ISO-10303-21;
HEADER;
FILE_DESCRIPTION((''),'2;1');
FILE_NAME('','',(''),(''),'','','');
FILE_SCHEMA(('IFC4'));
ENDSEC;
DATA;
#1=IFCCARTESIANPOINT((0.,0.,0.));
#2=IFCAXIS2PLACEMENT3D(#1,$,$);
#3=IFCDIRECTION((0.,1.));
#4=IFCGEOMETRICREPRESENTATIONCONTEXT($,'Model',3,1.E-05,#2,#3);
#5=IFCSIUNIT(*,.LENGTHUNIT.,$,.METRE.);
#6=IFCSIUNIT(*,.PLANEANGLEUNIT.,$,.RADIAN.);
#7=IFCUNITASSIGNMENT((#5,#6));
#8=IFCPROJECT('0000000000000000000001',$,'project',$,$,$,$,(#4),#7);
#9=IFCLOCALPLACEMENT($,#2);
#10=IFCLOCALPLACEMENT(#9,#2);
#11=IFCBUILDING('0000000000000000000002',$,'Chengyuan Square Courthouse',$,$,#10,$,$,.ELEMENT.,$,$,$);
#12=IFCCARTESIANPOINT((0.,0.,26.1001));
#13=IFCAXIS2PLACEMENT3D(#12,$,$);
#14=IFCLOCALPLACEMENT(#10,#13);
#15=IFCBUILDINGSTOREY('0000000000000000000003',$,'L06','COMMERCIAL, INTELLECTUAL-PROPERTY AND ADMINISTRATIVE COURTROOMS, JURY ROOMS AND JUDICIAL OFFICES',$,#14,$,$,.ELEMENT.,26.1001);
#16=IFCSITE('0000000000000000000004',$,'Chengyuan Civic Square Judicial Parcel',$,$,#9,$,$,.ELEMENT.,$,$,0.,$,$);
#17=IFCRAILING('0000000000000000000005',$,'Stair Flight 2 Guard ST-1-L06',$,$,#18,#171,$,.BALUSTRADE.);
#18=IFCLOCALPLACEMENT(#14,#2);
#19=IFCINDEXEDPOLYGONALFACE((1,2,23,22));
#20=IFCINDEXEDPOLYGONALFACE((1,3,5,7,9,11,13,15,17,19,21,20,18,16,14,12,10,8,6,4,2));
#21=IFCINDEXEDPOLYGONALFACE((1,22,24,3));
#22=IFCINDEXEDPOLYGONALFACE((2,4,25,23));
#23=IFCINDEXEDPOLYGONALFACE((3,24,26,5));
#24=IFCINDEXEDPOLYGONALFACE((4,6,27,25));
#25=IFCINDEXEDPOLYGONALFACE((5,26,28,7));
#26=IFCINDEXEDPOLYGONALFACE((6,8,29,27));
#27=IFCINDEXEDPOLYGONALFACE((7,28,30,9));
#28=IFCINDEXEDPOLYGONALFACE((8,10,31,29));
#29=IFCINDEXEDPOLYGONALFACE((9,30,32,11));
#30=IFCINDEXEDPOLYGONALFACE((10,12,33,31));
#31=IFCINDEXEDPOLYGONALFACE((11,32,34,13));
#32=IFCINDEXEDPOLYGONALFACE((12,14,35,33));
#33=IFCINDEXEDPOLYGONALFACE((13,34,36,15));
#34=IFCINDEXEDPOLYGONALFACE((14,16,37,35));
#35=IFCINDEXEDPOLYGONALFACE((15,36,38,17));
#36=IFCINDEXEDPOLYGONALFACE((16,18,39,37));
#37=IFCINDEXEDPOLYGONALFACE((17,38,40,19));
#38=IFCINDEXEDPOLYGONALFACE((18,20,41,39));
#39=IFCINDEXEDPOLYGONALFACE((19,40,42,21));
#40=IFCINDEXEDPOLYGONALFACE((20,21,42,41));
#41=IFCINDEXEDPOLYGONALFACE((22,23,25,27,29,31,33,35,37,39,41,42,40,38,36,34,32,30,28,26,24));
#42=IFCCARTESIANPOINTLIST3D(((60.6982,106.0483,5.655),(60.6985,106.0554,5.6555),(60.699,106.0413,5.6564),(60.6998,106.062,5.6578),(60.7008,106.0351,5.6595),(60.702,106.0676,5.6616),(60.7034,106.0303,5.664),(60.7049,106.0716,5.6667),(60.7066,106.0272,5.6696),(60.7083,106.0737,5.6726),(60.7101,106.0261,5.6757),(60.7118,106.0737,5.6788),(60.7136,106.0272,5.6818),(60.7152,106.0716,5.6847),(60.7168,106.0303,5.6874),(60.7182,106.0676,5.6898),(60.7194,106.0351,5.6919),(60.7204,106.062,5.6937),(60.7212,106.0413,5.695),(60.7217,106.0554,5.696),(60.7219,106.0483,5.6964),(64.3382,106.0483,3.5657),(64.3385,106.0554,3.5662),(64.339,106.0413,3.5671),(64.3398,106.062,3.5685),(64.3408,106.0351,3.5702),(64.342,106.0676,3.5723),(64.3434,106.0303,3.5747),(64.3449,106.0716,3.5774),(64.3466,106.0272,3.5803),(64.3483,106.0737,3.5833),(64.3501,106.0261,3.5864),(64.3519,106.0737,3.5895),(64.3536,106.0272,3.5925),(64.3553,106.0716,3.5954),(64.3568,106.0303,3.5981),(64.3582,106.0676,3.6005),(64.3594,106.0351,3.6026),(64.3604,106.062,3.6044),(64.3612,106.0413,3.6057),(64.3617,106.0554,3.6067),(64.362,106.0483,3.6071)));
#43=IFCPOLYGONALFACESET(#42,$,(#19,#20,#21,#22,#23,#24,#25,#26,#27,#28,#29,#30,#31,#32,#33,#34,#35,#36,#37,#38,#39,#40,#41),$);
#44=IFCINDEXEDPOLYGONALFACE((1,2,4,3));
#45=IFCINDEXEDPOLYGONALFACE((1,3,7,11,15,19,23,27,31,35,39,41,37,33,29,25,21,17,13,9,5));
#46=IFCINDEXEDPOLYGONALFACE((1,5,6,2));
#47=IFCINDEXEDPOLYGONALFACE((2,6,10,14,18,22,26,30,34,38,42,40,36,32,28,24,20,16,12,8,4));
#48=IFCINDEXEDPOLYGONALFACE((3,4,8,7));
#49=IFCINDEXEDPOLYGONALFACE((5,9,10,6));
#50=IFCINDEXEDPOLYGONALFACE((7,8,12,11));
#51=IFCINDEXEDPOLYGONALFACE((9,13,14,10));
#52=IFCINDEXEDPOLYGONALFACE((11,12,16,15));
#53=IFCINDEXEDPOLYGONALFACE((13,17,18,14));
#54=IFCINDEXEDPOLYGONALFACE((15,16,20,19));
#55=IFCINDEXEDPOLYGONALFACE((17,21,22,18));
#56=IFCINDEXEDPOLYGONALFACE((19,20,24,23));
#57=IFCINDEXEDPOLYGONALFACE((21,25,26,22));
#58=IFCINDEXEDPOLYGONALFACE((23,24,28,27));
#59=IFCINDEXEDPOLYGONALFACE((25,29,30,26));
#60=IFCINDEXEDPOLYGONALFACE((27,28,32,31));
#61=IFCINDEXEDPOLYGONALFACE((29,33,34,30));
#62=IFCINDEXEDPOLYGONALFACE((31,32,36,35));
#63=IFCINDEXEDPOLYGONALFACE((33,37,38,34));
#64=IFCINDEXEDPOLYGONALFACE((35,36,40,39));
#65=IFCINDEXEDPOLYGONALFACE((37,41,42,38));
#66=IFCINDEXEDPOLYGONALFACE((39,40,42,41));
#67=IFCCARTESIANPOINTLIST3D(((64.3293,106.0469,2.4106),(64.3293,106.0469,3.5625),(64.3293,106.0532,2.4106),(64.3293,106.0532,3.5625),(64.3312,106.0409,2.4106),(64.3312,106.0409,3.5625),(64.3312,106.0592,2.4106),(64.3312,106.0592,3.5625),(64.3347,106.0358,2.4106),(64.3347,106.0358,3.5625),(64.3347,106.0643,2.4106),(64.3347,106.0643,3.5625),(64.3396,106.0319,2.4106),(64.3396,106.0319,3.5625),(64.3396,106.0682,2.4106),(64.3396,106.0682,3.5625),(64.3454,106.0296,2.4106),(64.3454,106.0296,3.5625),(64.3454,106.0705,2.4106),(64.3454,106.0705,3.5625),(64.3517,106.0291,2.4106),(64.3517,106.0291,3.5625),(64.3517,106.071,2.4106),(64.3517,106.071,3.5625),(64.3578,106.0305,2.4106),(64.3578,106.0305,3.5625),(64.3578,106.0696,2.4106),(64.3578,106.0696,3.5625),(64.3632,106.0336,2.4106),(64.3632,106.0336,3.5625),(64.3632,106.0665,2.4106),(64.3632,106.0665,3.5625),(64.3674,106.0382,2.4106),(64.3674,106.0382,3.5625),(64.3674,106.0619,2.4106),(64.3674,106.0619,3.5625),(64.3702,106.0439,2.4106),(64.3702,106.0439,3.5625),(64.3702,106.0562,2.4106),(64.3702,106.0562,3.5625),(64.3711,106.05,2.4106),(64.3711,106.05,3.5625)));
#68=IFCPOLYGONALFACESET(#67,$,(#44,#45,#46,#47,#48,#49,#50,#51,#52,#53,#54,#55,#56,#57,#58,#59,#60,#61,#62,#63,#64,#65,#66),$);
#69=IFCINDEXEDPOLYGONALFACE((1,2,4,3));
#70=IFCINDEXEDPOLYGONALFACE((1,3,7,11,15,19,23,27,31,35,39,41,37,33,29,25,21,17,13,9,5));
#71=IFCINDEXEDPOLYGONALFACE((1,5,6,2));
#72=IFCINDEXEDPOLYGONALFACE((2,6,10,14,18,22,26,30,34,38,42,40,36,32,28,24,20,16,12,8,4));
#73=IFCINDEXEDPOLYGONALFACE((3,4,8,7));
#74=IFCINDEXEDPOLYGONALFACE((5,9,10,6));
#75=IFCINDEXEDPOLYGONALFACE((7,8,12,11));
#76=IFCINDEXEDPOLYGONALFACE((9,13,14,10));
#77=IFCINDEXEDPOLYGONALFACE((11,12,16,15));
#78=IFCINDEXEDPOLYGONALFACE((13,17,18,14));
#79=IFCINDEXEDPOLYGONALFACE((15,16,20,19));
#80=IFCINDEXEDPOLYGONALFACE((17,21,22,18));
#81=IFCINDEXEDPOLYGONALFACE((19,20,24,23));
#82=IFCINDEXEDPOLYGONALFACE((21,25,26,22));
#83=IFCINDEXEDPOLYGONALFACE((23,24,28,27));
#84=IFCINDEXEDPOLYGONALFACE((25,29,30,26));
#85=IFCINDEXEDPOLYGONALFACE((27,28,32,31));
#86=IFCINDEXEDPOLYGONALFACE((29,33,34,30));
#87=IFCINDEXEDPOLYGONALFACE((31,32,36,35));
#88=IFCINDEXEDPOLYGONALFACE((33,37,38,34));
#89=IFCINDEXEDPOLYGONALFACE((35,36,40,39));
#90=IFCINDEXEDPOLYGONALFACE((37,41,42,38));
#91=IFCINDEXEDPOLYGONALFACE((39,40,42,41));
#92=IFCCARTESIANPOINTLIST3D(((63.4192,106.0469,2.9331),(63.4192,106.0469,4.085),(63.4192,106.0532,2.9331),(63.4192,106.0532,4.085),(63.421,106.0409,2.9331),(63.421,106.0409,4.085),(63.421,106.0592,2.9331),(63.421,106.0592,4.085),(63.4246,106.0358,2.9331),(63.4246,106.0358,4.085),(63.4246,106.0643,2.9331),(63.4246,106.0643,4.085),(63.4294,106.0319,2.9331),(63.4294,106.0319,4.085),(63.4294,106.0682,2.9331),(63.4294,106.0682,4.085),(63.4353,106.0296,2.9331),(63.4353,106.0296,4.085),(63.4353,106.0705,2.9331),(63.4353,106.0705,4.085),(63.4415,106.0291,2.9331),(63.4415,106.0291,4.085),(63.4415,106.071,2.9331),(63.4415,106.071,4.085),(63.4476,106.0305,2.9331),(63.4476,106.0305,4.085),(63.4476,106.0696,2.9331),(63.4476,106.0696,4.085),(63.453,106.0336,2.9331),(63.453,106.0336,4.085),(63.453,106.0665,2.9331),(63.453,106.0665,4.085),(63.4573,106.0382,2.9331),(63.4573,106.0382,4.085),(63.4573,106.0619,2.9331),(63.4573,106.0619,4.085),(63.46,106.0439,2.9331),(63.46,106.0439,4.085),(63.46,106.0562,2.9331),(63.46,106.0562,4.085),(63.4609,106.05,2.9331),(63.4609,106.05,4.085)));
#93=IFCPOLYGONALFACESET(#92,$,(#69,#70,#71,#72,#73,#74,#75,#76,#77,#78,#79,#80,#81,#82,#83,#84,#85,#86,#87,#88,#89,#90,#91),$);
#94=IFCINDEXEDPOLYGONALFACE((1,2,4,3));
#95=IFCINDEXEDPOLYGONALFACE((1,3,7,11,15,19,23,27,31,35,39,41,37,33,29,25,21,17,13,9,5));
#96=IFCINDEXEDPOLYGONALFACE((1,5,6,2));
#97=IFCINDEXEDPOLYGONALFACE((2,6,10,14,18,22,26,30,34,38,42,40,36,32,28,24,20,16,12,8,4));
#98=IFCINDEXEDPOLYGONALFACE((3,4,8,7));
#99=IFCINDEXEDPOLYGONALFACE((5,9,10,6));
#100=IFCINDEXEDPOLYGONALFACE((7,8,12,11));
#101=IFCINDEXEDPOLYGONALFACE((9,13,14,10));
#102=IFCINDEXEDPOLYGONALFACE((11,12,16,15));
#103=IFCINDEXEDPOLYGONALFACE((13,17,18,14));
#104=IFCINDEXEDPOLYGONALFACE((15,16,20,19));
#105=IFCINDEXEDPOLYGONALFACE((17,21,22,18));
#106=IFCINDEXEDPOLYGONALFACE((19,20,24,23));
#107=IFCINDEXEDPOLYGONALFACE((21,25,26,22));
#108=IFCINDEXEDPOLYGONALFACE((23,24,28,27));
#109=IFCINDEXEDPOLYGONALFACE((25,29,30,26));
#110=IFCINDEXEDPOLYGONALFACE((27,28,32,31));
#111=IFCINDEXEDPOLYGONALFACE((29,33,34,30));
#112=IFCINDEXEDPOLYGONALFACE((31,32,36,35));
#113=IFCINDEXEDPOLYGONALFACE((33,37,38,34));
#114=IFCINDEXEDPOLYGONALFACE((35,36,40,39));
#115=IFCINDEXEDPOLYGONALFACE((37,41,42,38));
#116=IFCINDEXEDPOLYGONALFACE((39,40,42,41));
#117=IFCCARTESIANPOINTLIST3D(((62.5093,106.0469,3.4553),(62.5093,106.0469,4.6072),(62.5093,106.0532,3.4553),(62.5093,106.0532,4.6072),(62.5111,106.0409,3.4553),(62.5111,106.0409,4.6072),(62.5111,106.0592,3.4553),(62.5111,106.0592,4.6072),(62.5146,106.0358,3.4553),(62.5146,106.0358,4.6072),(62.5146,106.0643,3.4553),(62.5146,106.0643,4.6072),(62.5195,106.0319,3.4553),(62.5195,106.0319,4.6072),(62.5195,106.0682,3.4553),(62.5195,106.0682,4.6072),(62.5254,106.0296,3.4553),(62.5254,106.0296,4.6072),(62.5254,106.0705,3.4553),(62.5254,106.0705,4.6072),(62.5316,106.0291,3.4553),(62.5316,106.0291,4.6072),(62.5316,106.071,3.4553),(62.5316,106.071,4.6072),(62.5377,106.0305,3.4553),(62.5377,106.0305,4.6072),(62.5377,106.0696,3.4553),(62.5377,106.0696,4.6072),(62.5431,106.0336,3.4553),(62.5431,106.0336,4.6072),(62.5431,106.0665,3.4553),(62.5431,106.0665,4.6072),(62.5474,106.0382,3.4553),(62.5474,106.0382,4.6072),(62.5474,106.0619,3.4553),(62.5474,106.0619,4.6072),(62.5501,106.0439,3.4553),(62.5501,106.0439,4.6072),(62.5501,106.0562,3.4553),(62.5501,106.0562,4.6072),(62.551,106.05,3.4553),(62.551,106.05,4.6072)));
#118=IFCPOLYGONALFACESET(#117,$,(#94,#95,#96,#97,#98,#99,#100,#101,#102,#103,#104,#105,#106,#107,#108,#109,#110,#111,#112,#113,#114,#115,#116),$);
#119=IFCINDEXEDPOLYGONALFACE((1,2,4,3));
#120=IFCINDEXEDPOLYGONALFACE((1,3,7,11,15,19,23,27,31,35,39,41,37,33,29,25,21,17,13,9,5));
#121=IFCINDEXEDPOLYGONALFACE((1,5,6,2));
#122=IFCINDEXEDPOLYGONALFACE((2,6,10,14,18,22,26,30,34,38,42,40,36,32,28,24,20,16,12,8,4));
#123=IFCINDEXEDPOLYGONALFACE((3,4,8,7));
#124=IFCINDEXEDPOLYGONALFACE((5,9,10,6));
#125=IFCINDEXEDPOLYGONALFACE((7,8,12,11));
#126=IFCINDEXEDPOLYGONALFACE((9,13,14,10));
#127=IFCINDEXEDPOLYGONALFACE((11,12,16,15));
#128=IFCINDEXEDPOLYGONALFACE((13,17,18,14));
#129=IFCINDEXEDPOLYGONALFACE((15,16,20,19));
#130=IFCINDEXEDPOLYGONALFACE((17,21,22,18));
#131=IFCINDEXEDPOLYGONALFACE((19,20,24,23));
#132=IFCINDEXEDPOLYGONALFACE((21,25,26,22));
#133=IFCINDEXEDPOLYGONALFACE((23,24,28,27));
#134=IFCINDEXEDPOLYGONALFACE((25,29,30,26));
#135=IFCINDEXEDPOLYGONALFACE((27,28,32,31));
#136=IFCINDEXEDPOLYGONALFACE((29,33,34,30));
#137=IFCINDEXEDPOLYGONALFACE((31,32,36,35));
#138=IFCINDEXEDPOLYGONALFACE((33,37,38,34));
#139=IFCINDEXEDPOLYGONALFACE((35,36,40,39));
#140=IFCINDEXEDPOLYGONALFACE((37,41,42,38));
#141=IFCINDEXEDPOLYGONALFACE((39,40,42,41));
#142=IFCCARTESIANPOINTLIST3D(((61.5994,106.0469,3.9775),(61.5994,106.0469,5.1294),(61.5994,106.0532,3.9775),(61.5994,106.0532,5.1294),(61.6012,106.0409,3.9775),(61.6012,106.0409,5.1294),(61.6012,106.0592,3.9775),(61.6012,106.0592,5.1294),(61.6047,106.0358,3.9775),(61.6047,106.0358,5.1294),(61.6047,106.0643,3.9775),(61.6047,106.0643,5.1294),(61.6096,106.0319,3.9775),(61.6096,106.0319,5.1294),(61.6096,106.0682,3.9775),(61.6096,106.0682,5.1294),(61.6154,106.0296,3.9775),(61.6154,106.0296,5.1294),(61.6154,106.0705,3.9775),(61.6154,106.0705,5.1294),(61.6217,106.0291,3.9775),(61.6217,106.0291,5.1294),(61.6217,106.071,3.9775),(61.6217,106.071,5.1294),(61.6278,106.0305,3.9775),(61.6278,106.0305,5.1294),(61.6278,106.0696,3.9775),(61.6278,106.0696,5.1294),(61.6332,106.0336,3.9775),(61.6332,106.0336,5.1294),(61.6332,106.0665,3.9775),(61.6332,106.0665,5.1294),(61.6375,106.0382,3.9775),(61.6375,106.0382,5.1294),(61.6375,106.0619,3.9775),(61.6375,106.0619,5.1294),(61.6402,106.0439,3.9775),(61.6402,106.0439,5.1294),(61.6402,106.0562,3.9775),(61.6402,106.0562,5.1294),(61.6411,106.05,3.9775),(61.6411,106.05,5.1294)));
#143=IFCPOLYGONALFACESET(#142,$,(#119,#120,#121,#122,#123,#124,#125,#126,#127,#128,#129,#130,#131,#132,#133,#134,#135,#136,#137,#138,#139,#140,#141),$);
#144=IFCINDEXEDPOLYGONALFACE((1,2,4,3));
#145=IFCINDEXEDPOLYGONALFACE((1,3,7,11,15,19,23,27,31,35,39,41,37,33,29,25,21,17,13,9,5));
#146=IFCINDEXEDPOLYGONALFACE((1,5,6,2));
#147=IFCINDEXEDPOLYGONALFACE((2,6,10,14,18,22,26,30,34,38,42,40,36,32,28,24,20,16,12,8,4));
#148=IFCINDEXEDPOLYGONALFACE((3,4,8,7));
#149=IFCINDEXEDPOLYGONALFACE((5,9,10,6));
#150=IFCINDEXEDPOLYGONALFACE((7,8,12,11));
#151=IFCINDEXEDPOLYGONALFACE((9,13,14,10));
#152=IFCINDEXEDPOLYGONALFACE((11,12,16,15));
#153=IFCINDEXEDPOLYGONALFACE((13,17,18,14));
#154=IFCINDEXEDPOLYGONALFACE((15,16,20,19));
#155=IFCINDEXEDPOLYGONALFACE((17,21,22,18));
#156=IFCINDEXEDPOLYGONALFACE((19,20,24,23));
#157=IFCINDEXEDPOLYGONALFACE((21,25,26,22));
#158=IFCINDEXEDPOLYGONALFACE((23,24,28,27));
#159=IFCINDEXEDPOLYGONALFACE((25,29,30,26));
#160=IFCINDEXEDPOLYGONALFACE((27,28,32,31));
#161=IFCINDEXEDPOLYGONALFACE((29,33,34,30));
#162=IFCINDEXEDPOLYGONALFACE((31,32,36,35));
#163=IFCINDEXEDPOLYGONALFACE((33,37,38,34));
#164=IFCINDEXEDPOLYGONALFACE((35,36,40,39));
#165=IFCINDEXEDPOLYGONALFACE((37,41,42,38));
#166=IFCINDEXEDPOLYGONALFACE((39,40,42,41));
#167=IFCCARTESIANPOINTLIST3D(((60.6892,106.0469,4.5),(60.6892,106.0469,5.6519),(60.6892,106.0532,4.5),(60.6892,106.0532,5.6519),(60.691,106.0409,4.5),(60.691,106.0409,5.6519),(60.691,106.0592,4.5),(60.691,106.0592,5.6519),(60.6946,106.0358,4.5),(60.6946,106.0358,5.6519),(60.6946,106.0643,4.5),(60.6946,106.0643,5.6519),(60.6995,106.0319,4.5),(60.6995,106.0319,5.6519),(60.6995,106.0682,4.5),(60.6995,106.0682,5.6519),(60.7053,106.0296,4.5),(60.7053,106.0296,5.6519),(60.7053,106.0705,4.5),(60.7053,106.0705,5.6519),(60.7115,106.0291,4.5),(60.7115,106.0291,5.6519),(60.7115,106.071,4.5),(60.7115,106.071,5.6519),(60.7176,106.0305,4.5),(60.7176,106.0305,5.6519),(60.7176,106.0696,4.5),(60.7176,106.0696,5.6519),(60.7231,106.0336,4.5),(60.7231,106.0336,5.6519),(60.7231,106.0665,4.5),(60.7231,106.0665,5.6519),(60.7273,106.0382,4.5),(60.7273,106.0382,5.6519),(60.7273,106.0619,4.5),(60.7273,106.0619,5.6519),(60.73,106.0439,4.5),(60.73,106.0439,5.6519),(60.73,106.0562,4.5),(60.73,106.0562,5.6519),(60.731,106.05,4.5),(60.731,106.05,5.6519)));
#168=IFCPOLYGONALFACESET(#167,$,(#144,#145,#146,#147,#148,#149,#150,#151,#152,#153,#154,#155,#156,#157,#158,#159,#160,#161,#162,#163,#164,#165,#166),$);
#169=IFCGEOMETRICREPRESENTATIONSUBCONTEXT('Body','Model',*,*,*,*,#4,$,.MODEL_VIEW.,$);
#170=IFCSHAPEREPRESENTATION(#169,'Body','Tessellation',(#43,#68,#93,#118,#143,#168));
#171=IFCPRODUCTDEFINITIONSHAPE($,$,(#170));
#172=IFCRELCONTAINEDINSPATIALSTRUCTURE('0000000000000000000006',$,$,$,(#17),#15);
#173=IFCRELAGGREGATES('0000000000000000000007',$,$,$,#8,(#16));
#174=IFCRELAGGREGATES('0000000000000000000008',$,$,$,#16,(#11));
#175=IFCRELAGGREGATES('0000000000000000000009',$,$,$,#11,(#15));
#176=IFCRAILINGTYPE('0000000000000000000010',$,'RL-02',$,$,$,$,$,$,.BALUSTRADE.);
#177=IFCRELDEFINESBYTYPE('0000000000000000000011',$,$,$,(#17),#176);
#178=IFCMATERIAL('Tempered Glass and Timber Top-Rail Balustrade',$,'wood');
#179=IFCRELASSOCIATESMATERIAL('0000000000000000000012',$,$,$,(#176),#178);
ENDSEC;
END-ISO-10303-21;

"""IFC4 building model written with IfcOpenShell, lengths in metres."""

from ifc_helpers import new_model, si_unit, direction, frame, origin, origin_2d, place, context, subcontext, project, spatial, circle, extrude, material, type_object, element, save


model = new_model("IFC4")

# Units and contexts
model_context = context("Model", 3, precision=1e-05, world=origin(), true_north=direction((0.0, 1.0)))
body_context = subcontext(model_context, "Body", "Model", "MODEL_VIEW")
ifc_project = project(units=[si_unit("LENGTHUNIT", "METRE"), si_unit("PLANEANGLEUNIT", "RADIAN")], contexts=[model_context])

# Site, building, storey
site_placement = place(None, origin())
site = spatial("IfcSite", under=ifc_project, at=site_placement, Name="Chengyuan Civic Square Judicial Parcel", CompositionType="ELEMENT", RefElevation=0.0)
building_placement = place(site_placement, origin())
building = spatial("IfcBuilding", under=site, at=building_placement, Name="Chengyuan Square Courthouse", CompositionType="ELEMENT")
storey_placement = place(building_placement, frame((0.0, 0.0, 26.1001)))
storey = spatial("IfcBuildingStorey", under=building, at=storey_placement, Name="L06", Description="COMMERCIAL, INTELLECTUAL-PROPERTY AND ADMINISTRATIVE COURTROOMS, JURY ROOMS AND JUDICIAL OFFICES", CompositionType="ELEMENT", Elevation=26.1001)

# Railing
ifc_material_1 = material(Name="Tempered Glass and Timber Top-Rail Balustrade", Category="wood")
railing_type_1 = type_object("IfcRailingType", Name="RL-02", PredefinedType="BALUSTRADE", material=ifc_material_1)
railing_1_placement = place(storey_placement, frame((64.3501, 106.05, 2.4106)))
element("IfcRailing", 1, at=railing_1_placement, inside=storey, type_object=railing_type_1, Name="Stair Flight 2 Guard ST-1-L06", PredefinedType="BALUSTRADE", context=body_context, shape_type="SweptSolid", body=[
    extrude(circle(Radius=0.0239, at=origin_2d()), frame((0.0, 0.0, 1.1758), z_axis=(-0.867289, 0.0, 0.497804), x_axis=(0.0, -1.0, 0.0)), (0.0, 0.0, 1.0), 4.197),
    extrude(circle(Radius=0.021, at=origin_2d()), origin(), (0.0, 0.0, 1.0), 1.1519),
    extrude(circle(Radius=0.021, at=origin_2d()), frame((-0.9102, 0.0, 0.5225)), (0.0, 0.0, 1.0), 1.1519),
    extrude(circle(Radius=0.021, at=origin_2d()), frame((-1.8201, 0.0, 1.0447)), (0.0, 0.0, 1.0), 1.1519),
    extrude(circle(Radius=0.021, at=origin_2d()), frame((-2.73, 0.0, 1.5669)), (0.0, 0.0, 1.0), 1.1519),
    extrude(circle(Radius=0.021, at=origin_2d()), frame((-3.6401, 0.0, 2.0894)), (0.0, 0.0, 1.0), 1.1519),
])

save(model, "model.ifc")
